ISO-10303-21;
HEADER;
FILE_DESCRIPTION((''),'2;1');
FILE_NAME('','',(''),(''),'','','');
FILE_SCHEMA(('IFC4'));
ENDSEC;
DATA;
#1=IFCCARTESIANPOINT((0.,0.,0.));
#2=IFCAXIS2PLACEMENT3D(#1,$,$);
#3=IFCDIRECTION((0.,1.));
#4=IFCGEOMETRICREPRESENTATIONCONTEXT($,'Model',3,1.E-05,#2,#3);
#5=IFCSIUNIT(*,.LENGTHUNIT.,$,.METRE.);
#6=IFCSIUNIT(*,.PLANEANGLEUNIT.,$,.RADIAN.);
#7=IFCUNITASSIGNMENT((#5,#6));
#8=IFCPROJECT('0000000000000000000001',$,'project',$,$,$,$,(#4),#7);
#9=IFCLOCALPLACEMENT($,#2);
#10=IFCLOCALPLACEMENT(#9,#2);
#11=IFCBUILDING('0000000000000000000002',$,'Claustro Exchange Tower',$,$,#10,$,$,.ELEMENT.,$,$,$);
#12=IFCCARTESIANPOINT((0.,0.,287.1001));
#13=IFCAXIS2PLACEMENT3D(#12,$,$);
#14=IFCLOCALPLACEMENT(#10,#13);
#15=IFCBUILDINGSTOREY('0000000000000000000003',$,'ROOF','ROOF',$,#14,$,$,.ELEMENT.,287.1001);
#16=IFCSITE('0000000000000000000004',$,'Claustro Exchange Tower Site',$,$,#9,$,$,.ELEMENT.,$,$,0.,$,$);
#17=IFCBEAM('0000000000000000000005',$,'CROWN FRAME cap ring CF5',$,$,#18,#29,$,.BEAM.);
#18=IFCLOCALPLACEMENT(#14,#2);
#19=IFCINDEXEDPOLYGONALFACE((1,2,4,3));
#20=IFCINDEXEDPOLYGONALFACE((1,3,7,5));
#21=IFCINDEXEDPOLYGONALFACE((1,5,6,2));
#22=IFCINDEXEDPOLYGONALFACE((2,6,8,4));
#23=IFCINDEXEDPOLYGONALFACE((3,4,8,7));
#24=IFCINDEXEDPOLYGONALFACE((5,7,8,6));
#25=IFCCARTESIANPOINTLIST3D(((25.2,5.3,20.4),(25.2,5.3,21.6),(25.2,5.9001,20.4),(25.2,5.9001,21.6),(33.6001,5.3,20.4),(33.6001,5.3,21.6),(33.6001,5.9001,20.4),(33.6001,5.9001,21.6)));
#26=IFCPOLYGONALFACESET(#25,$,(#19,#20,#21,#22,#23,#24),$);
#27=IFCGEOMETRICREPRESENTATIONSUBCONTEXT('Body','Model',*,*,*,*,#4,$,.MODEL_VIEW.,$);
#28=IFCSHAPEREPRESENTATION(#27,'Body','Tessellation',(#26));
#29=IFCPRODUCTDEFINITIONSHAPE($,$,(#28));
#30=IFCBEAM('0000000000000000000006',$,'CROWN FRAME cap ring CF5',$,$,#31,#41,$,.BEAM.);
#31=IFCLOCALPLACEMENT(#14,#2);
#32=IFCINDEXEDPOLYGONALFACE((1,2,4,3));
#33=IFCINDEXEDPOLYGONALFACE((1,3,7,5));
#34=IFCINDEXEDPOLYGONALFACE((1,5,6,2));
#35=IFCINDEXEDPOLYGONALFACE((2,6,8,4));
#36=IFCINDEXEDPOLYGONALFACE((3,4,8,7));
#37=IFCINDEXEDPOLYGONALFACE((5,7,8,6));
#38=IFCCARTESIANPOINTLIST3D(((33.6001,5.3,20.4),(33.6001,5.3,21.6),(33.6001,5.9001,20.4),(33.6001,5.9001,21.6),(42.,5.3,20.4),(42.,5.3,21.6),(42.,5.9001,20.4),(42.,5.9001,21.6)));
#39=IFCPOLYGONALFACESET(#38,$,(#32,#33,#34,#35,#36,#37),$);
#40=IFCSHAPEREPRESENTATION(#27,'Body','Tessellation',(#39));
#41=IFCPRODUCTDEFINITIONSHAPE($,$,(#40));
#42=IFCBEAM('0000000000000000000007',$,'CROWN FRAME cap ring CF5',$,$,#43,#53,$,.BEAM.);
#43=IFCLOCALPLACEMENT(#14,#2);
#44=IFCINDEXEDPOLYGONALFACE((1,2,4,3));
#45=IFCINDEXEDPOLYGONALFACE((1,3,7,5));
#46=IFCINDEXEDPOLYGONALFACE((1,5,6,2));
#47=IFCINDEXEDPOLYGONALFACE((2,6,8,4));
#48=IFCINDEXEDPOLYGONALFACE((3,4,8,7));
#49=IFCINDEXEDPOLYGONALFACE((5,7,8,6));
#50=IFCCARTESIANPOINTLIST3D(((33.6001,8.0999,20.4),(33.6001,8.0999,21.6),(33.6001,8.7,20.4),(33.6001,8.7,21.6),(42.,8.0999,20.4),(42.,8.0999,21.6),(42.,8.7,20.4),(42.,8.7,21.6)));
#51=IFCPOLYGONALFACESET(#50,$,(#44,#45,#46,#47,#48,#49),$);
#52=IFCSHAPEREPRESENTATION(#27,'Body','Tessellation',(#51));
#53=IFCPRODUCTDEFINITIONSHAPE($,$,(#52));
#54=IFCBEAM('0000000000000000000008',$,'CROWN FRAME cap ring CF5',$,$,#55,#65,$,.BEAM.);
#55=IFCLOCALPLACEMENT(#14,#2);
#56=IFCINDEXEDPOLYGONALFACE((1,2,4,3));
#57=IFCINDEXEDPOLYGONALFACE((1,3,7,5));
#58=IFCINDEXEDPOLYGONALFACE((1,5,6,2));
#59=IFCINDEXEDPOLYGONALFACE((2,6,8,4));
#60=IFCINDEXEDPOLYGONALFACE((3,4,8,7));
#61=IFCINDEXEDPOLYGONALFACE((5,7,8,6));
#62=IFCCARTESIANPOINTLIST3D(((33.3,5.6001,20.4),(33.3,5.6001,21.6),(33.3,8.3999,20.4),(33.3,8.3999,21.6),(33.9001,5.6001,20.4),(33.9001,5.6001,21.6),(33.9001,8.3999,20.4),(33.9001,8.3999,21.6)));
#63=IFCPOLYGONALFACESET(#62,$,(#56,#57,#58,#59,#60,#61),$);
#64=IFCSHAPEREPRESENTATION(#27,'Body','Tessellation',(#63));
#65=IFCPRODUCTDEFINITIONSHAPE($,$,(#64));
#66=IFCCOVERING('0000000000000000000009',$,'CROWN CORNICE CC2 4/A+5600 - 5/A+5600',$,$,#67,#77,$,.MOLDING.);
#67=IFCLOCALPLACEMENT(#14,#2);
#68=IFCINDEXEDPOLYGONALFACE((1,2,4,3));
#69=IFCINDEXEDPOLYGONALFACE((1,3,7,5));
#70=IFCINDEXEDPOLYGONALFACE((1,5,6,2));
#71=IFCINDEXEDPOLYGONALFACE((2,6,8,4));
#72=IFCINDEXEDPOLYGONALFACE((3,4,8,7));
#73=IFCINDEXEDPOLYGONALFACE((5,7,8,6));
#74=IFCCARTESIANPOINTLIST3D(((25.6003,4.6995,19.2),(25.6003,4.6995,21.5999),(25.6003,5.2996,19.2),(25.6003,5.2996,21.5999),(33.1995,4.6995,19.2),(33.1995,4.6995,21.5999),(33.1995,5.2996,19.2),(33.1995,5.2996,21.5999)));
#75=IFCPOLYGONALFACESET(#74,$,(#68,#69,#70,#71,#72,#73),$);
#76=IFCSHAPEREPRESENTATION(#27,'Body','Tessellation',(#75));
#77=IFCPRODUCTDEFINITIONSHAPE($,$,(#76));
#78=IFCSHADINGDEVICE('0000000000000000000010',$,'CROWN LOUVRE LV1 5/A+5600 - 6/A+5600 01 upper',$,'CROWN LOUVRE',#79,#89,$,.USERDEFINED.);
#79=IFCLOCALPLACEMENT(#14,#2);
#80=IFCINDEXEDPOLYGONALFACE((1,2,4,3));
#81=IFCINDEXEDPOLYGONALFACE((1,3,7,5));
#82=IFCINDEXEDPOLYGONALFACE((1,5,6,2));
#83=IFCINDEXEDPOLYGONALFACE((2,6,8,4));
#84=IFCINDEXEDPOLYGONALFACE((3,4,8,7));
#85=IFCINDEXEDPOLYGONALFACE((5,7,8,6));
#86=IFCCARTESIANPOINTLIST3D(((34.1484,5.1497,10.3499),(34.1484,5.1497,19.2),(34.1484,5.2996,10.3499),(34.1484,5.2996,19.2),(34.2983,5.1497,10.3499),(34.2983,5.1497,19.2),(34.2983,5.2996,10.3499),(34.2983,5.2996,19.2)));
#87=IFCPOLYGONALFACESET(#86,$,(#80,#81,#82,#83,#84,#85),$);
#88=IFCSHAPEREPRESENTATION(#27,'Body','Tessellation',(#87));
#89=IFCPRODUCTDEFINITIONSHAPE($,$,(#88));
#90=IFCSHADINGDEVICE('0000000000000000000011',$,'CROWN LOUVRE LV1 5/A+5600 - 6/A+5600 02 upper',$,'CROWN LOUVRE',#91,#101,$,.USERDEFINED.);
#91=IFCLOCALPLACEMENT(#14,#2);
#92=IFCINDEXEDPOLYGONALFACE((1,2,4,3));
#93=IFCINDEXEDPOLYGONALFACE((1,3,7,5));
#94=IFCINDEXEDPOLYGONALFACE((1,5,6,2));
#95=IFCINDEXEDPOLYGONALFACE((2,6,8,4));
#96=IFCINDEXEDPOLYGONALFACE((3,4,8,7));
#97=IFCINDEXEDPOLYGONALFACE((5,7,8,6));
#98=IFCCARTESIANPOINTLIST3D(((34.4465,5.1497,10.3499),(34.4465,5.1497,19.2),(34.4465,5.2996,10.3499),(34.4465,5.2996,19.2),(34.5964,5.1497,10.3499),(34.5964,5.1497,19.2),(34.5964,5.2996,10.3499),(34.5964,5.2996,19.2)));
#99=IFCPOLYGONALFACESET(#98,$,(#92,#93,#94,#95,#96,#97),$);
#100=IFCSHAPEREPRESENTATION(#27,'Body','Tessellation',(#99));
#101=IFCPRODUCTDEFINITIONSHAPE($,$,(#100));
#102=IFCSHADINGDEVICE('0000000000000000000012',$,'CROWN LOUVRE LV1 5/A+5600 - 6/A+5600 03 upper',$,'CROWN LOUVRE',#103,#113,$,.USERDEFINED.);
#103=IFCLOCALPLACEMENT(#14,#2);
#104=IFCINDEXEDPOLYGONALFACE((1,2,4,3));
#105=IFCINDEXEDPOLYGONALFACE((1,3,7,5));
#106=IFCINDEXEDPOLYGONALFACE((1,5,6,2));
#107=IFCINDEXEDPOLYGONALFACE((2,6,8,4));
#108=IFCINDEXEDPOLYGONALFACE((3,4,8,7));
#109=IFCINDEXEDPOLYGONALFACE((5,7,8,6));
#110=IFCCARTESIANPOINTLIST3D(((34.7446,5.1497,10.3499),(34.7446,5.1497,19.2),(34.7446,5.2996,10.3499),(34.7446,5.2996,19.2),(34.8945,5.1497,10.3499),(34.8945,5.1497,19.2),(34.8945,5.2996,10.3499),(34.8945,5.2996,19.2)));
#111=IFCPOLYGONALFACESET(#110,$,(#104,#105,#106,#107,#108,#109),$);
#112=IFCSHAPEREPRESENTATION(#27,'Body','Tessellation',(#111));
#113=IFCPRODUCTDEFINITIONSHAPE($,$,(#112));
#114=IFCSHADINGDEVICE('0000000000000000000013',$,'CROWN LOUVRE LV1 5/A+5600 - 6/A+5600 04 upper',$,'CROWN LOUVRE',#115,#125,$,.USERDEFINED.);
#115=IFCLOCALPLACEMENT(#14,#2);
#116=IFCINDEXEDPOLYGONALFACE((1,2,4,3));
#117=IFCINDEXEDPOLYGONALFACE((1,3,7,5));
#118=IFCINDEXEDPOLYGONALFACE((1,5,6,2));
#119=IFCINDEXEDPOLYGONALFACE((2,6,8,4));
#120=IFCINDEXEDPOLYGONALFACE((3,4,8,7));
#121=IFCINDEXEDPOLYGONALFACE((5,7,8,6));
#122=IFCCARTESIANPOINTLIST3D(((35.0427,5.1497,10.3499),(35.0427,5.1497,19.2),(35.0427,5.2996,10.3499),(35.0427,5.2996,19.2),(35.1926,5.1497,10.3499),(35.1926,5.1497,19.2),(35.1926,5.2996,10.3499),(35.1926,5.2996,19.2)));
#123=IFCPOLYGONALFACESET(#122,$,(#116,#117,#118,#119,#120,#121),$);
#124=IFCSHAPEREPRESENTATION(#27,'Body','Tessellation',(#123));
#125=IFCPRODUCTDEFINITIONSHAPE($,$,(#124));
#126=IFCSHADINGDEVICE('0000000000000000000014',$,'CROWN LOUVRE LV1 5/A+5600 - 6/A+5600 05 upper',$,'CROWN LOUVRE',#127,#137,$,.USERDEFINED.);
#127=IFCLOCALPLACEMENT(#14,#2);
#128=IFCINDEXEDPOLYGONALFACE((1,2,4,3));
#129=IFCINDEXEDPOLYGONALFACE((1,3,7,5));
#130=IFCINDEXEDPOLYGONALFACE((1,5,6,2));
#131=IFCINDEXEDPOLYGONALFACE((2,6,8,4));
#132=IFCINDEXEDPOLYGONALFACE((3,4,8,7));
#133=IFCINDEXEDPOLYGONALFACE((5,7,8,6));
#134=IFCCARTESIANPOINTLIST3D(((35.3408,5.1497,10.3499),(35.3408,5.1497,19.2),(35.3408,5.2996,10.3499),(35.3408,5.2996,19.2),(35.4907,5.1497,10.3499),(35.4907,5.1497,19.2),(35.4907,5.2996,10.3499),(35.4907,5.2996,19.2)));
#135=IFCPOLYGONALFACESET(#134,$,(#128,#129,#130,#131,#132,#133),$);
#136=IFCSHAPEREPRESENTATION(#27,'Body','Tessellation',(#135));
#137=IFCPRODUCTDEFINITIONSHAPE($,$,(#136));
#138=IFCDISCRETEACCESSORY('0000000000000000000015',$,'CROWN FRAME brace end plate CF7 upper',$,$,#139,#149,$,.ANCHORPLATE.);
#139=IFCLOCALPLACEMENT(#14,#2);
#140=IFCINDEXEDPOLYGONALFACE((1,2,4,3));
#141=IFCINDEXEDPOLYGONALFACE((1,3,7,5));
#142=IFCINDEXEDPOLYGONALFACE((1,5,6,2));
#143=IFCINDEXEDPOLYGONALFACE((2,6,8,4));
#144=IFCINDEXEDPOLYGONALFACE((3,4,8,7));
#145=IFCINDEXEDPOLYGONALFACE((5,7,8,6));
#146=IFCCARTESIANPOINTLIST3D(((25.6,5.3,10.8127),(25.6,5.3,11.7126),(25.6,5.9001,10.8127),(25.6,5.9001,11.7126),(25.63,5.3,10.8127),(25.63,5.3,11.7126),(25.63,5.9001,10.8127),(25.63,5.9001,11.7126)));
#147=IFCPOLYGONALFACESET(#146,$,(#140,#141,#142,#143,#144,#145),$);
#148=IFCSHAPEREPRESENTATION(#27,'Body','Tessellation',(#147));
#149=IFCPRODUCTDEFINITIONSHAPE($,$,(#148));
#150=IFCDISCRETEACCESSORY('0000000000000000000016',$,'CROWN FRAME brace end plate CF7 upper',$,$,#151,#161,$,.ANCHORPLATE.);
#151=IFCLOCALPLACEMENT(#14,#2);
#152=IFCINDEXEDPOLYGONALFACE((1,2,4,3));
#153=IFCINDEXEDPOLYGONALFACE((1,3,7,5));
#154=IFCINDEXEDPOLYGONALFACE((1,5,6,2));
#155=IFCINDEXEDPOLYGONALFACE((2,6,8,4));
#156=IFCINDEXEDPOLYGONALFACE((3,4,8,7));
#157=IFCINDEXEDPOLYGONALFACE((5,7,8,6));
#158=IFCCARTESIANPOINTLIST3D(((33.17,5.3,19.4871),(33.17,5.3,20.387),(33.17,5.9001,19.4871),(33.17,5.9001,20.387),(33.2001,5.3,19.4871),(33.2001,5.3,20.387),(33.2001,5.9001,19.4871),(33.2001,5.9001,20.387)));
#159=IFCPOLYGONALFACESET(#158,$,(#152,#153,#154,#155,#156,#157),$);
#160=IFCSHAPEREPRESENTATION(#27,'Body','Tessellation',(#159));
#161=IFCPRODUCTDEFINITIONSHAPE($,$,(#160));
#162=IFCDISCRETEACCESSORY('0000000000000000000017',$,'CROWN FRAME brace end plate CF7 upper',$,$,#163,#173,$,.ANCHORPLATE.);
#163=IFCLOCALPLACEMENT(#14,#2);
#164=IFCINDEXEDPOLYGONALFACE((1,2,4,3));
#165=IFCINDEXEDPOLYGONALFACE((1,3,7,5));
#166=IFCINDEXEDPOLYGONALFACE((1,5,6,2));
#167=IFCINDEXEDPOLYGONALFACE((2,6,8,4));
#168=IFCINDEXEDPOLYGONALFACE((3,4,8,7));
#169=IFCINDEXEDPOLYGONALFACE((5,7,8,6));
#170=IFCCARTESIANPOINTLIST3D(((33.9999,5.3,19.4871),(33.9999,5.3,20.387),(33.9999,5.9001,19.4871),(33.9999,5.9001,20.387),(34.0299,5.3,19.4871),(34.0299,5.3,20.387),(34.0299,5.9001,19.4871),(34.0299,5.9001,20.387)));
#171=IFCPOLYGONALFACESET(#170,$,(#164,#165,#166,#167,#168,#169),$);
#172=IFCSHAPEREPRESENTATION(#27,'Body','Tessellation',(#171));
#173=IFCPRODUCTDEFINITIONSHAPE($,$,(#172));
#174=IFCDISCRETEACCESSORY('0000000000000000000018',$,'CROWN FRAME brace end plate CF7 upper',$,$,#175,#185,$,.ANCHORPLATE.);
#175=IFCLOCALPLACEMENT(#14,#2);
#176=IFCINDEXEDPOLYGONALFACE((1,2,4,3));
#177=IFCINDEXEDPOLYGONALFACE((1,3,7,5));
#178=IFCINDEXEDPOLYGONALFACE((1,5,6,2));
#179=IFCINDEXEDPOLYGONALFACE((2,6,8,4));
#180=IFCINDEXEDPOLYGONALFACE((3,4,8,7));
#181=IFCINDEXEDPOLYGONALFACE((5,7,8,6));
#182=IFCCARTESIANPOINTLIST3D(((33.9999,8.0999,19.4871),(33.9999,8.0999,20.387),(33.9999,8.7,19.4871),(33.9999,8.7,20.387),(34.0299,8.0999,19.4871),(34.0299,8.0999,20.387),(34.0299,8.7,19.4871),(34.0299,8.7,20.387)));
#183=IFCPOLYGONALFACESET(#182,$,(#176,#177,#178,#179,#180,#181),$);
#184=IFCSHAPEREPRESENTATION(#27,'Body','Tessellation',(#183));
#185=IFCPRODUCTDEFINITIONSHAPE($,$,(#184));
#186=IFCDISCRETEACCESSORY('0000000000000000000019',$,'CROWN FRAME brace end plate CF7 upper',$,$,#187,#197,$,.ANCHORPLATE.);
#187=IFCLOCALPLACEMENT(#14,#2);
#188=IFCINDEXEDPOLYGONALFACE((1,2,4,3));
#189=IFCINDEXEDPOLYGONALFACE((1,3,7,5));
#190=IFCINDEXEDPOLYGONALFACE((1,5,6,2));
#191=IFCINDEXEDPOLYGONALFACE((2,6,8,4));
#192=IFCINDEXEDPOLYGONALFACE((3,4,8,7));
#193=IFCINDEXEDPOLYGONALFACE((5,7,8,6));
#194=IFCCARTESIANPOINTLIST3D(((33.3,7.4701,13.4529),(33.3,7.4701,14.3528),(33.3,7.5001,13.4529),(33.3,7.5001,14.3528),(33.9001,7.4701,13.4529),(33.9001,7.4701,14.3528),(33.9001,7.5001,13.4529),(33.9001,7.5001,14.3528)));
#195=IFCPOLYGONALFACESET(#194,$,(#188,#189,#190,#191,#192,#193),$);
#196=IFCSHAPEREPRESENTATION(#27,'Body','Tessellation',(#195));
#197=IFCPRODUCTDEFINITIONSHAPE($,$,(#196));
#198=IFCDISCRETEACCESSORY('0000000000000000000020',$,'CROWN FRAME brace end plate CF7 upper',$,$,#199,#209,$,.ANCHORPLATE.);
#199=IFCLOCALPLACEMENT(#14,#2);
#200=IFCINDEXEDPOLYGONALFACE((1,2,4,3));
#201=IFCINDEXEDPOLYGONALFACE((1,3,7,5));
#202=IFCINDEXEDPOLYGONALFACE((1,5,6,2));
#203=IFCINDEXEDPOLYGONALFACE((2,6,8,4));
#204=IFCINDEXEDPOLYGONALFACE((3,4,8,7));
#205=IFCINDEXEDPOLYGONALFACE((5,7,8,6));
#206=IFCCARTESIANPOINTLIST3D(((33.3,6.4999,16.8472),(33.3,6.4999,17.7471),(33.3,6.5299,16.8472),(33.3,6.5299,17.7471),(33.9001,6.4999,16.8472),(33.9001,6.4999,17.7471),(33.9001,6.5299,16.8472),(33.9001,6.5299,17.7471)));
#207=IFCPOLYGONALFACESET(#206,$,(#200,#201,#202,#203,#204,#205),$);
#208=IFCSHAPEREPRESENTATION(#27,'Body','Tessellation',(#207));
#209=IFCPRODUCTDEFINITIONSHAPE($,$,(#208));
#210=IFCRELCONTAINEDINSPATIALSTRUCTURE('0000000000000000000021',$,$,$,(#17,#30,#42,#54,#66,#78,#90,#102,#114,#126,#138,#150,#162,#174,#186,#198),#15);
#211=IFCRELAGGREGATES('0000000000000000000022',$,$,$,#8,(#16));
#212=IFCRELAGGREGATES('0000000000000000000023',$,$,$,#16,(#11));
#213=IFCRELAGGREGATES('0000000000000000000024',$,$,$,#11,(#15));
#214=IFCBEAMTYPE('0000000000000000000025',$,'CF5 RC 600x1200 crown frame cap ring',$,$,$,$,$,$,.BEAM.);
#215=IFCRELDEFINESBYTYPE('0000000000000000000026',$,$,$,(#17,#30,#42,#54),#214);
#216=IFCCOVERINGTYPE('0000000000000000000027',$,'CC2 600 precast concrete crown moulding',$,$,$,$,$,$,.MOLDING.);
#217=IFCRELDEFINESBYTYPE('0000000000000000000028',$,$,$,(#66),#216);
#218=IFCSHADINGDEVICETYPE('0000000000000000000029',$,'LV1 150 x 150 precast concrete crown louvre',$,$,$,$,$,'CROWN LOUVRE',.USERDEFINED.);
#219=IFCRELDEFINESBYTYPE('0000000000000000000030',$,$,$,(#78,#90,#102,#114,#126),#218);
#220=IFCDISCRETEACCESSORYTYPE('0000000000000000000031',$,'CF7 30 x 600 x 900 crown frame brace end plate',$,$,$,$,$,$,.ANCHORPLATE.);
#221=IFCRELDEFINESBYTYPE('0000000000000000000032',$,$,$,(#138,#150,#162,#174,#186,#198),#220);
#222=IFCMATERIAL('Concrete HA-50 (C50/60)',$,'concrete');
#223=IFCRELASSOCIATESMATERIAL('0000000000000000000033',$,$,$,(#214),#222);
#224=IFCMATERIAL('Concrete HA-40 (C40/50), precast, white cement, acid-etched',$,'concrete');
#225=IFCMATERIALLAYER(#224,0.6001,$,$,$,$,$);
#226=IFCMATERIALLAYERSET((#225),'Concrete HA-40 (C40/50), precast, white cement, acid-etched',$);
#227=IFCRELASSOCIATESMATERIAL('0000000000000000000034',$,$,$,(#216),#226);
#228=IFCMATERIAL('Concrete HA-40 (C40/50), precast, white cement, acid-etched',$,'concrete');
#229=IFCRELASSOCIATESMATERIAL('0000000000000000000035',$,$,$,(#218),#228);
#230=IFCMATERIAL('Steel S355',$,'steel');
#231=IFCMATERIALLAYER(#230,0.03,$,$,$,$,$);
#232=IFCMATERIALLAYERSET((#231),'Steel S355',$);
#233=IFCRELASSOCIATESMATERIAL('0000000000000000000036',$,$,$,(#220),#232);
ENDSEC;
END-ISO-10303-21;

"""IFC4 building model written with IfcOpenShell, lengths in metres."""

from ifc_helpers import new_model, si_unit, direction, frame, origin, origin_2d, place, context, subcontext, project, spatial, rectangle, extrude, material, layer, layer_set, material_profile, profile_set, type_object, element, save


model = new_model("IFC4")

# Units and contexts
model_context = context("Model", 3, precision=1e-05, world=origin(), true_north=direction((0.0, 1.0)))
body_context = subcontext(model_context, "Body", "Model", "MODEL_VIEW")
ifc_project = project(units=[si_unit("LENGTHUNIT", "METRE"), si_unit("PLANEANGLEUNIT", "RADIAN")], contexts=[model_context])

# Site, building, storey
site_placement = place(None, origin())
site = spatial("IfcSite", under=ifc_project, at=site_placement, Name="Claustro Exchange Tower Site", CompositionType="ELEMENT", RefElevation=0.0)
building_placement = place(site_placement, origin())
building = spatial("IfcBuilding", under=site, at=building_placement, Name="Claustro Exchange Tower", CompositionType="ELEMENT")
storey_placement = place(building_placement, frame((0.0, 0.0, 287.1001)))
storey = spatial("IfcBuildingStorey", under=building, at=storey_placement, Name="ROOF", Description="ROOF", CompositionType="ELEMENT", Elevation=287.1001)

# Beams
ifc_material_1 = material(Name="Concrete HA-50 (C50/60)", Category="concrete")
ifc_material_profile_1 = material_profile(ifc_material_1, rectangle(XDim=0.6001, YDim=1.2, at=origin_2d()), Name="RC 600x1200")
ifc_profile_set_1 = profile_set([ifc_material_profile_1], Name="Concrete HA-50 (C50/60)")
beam_type_1 = type_object("IfcBeamType", Name="CF5 RC 600x1200 crown frame cap ring", PredefinedType="BEAM", material=ifc_profile_set_1)
beam_1_placement = place(storey_placement, frame((25.2, 5.6001, 21.0), z_axis=(1.0, 0.0, 0.0), x_axis=(0.0, 1.0, 0.0)))
element("IfcBeam", 1, at=beam_1_placement, inside=storey, type_object=beam_type_1, Name="CROWN FRAME cap ring CF5", PredefinedType="BEAM", context=body_context, shape_type="SweptSolid", body=[
    extrude(rectangle(XDim=0.6001, YDim=1.2, at=origin_2d()), origin(), (0.0, 0.0, 1.0), 8.4001),
])
for number, where, z_axis, x_axis, name in (
    (2, (33.6001, 5.6001, 21.0), (1.0, 0.0, 0.0), (0.0, 1.0, 0.0), "CROWN FRAME cap ring CF5"),
    (3, (33.6001, 8.3999, 21.0), (1.0, 0.0, 0.0), (0.0, 1.0, 0.0), "CROWN FRAME cap ring CF5"),
):
    element("IfcBeam", number, at=place(storey_placement, frame(where, z_axis=z_axis, x_axis=x_axis)), inside=storey, type_object=beam_type_1, Name=name, PredefinedType="BEAM", context=body_context, shape_type="SweptSolid", body=[
        extrude(rectangle(XDim=0.6001, YDim=1.2, at=origin_2d()), origin(), (0.0, 0.0, 1.0), 8.3999),
    ])
beam_2_placement = place(storey_placement, frame((33.6001, 5.6001, 21.0), z_axis=(0.0, 1.0, 0.0), x_axis=(-1.0, 0.0, 0.0)))
element("IfcBeam", 4, at=beam_2_placement, inside=storey, type_object=beam_type_1, Name="CROWN FRAME cap ring CF5", PredefinedType="BEAM", context=body_context, shape_type="SweptSolid", body=[
    extrude(rectangle(XDim=0.6001, YDim=1.2, at=origin_2d()), origin(), (0.0, 0.0, 1.0), 2.7998),
])

# Covering
ifc_material_2 = material(Name="Concrete HA-40 (C40/50), precast, white cement, acid-etched", Category="concrete")
ifc_layer_1 = layer(ifc_material_2, 0.6001)
ifc_layer_set_1 = layer_set([ifc_layer_1], Name="Concrete HA-40 (C40/50), precast, white cement, acid-etched")
covering_type = type_object("IfcCoveringType", Name="CC2 600 precast concrete crown moulding", PredefinedType="MOLDING", material=ifc_layer_set_1)
covering_placement = place(storey_placement, frame((29.3999, 4.9995, 19.2), z_axis=(0.0, 0.0, 1.0), x_axis=(1.0, 0.0, 0.0)))
element("IfcCovering", 5, at=covering_placement, inside=storey, type_object=covering_type, Name="CROWN CORNICE CC2 4/A+5600 - 5/A+5600", PredefinedType="MOLDING", context=body_context, shape_type="SweptSolid", body=[
    extrude(rectangle(XDim=7.5991, YDim=0.6001, at=origin_2d()), origin(), (0.0, 0.0, 1.0), 2.3999),
])

# Shading devices
ifc_material_3 = material(Name="Concrete HA-40 (C40/50), precast, white cement, acid-etched", Category="concrete")
shading_device_type = type_object("IfcShadingDeviceType", Name="LV1 150 x 150 precast concrete crown louvre", ElementType="CROWN LOUVRE", PredefinedType="USERDEFINED", material=ifc_material_3)
for number, where, z_axis, x_axis, name in (
    (6, (34.2234, 5.2246, 10.3499), (0.0, 0.0, 1.0), (1.0, 0.0, 0.0), "CROWN LOUVRE LV1 5/A+5600 - 6/A+5600 01 upper"),
    (7, (34.5215, 5.2246, 10.3499), (0.0, 0.0, 1.0), (1.0, 0.0, 0.0), "CROWN LOUVRE LV1 5/A+5600 - 6/A+5600 02 upper"),
    (8, (34.8196, 5.2246, 10.3499), (0.0, 0.0, 1.0), (1.0, 0.0, 0.0), "CROWN LOUVRE LV1 5/A+5600 - 6/A+5600 03 upper"),
    (9, (35.1177, 5.2246, 10.3499), (0.0, 0.0, 1.0), (1.0, 0.0, 0.0), "CROWN LOUVRE LV1 5/A+5600 - 6/A+5600 04 upper"),
    (10, (35.4158, 5.2246, 10.3499), (0.0, 0.0, 1.0), (1.0, 0.0, 0.0), "CROWN LOUVRE LV1 5/A+5600 - 6/A+5600 05 upper"),
):
    element("IfcShadingDevice", number, at=place(storey_placement, frame(where, z_axis=z_axis, x_axis=x_axis)), inside=storey, type_object=shading_device_type, Name=name, ObjectType="CROWN LOUVRE", PredefinedType="USERDEFINED", context=body_context, shape_type="SweptSolid", body=[
        extrude(rectangle(XDim=0.1499, YDim=0.1499, at=origin_2d()), origin(), (0.0, 0.0, 1.0), 8.8501),
    ])

# Discrete accessories
ifc_material_4 = material(Name="Steel S355", Category="steel")
ifc_layer_2 = layer(ifc_material_4, 0.03)
ifc_layer_set_2 = layer_set([ifc_layer_2], Name="Steel S355")
discrete_accessory_type = type_object("IfcDiscreteAccessoryType", Name="CF7 30 x 600 x 900 crown frame brace end plate", PredefinedType="ANCHORPLATE", material=ifc_layer_set_2)
for number, where, z_axis, x_axis, name in (
    (11, (25.615, 5.6001, 10.8127), (0.0, 0.0, 1.0), (1.0, 0.0, 0.0), "CROWN FRAME brace end plate CF7 upper"),
    (12, (33.1851, 5.6001, 19.4871), (0.0, 0.0, 1.0), (1.0, 0.0, 0.0), "CROWN FRAME brace end plate CF7 upper"),
    (13, (34.0149, 5.6001, 19.4871), (0.0, 0.0, 1.0), (-1.0, 0.0, 0.0), "CROWN FRAME brace end plate CF7 upper"),
    (14, (34.0149, 8.3999, 19.4871), (0.0, 0.0, 1.0), (-1.0, 0.0, 0.0), "CROWN FRAME brace end plate CF7 upper"),
    (15, (33.6001, 7.4851, 13.4529), (0.0, 0.0, 1.0), (0.0, -1.0, 0.0), "CROWN FRAME brace end plate CF7 upper"),
    (16, (33.6001, 6.5149, 16.8472), (0.0, 0.0, 1.0), (0.0, -1.0, 0.0), "CROWN FRAME brace end plate CF7 upper"),
):
    element("IfcDiscreteAccessory", number, at=place(storey_placement, frame(where, z_axis=z_axis, x_axis=x_axis)), inside=storey, type_object=discrete_accessory_type, Name=name, PredefinedType="ANCHORPLATE", context=body_context, shape_type="SweptSolid", body=[
        extrude(rectangle(XDim=0.03, YDim=0.6001, at=origin_2d()), origin(), (0.0, 0.0, 1.0), 0.8999),
    ])

save(model, "model.ifc")
